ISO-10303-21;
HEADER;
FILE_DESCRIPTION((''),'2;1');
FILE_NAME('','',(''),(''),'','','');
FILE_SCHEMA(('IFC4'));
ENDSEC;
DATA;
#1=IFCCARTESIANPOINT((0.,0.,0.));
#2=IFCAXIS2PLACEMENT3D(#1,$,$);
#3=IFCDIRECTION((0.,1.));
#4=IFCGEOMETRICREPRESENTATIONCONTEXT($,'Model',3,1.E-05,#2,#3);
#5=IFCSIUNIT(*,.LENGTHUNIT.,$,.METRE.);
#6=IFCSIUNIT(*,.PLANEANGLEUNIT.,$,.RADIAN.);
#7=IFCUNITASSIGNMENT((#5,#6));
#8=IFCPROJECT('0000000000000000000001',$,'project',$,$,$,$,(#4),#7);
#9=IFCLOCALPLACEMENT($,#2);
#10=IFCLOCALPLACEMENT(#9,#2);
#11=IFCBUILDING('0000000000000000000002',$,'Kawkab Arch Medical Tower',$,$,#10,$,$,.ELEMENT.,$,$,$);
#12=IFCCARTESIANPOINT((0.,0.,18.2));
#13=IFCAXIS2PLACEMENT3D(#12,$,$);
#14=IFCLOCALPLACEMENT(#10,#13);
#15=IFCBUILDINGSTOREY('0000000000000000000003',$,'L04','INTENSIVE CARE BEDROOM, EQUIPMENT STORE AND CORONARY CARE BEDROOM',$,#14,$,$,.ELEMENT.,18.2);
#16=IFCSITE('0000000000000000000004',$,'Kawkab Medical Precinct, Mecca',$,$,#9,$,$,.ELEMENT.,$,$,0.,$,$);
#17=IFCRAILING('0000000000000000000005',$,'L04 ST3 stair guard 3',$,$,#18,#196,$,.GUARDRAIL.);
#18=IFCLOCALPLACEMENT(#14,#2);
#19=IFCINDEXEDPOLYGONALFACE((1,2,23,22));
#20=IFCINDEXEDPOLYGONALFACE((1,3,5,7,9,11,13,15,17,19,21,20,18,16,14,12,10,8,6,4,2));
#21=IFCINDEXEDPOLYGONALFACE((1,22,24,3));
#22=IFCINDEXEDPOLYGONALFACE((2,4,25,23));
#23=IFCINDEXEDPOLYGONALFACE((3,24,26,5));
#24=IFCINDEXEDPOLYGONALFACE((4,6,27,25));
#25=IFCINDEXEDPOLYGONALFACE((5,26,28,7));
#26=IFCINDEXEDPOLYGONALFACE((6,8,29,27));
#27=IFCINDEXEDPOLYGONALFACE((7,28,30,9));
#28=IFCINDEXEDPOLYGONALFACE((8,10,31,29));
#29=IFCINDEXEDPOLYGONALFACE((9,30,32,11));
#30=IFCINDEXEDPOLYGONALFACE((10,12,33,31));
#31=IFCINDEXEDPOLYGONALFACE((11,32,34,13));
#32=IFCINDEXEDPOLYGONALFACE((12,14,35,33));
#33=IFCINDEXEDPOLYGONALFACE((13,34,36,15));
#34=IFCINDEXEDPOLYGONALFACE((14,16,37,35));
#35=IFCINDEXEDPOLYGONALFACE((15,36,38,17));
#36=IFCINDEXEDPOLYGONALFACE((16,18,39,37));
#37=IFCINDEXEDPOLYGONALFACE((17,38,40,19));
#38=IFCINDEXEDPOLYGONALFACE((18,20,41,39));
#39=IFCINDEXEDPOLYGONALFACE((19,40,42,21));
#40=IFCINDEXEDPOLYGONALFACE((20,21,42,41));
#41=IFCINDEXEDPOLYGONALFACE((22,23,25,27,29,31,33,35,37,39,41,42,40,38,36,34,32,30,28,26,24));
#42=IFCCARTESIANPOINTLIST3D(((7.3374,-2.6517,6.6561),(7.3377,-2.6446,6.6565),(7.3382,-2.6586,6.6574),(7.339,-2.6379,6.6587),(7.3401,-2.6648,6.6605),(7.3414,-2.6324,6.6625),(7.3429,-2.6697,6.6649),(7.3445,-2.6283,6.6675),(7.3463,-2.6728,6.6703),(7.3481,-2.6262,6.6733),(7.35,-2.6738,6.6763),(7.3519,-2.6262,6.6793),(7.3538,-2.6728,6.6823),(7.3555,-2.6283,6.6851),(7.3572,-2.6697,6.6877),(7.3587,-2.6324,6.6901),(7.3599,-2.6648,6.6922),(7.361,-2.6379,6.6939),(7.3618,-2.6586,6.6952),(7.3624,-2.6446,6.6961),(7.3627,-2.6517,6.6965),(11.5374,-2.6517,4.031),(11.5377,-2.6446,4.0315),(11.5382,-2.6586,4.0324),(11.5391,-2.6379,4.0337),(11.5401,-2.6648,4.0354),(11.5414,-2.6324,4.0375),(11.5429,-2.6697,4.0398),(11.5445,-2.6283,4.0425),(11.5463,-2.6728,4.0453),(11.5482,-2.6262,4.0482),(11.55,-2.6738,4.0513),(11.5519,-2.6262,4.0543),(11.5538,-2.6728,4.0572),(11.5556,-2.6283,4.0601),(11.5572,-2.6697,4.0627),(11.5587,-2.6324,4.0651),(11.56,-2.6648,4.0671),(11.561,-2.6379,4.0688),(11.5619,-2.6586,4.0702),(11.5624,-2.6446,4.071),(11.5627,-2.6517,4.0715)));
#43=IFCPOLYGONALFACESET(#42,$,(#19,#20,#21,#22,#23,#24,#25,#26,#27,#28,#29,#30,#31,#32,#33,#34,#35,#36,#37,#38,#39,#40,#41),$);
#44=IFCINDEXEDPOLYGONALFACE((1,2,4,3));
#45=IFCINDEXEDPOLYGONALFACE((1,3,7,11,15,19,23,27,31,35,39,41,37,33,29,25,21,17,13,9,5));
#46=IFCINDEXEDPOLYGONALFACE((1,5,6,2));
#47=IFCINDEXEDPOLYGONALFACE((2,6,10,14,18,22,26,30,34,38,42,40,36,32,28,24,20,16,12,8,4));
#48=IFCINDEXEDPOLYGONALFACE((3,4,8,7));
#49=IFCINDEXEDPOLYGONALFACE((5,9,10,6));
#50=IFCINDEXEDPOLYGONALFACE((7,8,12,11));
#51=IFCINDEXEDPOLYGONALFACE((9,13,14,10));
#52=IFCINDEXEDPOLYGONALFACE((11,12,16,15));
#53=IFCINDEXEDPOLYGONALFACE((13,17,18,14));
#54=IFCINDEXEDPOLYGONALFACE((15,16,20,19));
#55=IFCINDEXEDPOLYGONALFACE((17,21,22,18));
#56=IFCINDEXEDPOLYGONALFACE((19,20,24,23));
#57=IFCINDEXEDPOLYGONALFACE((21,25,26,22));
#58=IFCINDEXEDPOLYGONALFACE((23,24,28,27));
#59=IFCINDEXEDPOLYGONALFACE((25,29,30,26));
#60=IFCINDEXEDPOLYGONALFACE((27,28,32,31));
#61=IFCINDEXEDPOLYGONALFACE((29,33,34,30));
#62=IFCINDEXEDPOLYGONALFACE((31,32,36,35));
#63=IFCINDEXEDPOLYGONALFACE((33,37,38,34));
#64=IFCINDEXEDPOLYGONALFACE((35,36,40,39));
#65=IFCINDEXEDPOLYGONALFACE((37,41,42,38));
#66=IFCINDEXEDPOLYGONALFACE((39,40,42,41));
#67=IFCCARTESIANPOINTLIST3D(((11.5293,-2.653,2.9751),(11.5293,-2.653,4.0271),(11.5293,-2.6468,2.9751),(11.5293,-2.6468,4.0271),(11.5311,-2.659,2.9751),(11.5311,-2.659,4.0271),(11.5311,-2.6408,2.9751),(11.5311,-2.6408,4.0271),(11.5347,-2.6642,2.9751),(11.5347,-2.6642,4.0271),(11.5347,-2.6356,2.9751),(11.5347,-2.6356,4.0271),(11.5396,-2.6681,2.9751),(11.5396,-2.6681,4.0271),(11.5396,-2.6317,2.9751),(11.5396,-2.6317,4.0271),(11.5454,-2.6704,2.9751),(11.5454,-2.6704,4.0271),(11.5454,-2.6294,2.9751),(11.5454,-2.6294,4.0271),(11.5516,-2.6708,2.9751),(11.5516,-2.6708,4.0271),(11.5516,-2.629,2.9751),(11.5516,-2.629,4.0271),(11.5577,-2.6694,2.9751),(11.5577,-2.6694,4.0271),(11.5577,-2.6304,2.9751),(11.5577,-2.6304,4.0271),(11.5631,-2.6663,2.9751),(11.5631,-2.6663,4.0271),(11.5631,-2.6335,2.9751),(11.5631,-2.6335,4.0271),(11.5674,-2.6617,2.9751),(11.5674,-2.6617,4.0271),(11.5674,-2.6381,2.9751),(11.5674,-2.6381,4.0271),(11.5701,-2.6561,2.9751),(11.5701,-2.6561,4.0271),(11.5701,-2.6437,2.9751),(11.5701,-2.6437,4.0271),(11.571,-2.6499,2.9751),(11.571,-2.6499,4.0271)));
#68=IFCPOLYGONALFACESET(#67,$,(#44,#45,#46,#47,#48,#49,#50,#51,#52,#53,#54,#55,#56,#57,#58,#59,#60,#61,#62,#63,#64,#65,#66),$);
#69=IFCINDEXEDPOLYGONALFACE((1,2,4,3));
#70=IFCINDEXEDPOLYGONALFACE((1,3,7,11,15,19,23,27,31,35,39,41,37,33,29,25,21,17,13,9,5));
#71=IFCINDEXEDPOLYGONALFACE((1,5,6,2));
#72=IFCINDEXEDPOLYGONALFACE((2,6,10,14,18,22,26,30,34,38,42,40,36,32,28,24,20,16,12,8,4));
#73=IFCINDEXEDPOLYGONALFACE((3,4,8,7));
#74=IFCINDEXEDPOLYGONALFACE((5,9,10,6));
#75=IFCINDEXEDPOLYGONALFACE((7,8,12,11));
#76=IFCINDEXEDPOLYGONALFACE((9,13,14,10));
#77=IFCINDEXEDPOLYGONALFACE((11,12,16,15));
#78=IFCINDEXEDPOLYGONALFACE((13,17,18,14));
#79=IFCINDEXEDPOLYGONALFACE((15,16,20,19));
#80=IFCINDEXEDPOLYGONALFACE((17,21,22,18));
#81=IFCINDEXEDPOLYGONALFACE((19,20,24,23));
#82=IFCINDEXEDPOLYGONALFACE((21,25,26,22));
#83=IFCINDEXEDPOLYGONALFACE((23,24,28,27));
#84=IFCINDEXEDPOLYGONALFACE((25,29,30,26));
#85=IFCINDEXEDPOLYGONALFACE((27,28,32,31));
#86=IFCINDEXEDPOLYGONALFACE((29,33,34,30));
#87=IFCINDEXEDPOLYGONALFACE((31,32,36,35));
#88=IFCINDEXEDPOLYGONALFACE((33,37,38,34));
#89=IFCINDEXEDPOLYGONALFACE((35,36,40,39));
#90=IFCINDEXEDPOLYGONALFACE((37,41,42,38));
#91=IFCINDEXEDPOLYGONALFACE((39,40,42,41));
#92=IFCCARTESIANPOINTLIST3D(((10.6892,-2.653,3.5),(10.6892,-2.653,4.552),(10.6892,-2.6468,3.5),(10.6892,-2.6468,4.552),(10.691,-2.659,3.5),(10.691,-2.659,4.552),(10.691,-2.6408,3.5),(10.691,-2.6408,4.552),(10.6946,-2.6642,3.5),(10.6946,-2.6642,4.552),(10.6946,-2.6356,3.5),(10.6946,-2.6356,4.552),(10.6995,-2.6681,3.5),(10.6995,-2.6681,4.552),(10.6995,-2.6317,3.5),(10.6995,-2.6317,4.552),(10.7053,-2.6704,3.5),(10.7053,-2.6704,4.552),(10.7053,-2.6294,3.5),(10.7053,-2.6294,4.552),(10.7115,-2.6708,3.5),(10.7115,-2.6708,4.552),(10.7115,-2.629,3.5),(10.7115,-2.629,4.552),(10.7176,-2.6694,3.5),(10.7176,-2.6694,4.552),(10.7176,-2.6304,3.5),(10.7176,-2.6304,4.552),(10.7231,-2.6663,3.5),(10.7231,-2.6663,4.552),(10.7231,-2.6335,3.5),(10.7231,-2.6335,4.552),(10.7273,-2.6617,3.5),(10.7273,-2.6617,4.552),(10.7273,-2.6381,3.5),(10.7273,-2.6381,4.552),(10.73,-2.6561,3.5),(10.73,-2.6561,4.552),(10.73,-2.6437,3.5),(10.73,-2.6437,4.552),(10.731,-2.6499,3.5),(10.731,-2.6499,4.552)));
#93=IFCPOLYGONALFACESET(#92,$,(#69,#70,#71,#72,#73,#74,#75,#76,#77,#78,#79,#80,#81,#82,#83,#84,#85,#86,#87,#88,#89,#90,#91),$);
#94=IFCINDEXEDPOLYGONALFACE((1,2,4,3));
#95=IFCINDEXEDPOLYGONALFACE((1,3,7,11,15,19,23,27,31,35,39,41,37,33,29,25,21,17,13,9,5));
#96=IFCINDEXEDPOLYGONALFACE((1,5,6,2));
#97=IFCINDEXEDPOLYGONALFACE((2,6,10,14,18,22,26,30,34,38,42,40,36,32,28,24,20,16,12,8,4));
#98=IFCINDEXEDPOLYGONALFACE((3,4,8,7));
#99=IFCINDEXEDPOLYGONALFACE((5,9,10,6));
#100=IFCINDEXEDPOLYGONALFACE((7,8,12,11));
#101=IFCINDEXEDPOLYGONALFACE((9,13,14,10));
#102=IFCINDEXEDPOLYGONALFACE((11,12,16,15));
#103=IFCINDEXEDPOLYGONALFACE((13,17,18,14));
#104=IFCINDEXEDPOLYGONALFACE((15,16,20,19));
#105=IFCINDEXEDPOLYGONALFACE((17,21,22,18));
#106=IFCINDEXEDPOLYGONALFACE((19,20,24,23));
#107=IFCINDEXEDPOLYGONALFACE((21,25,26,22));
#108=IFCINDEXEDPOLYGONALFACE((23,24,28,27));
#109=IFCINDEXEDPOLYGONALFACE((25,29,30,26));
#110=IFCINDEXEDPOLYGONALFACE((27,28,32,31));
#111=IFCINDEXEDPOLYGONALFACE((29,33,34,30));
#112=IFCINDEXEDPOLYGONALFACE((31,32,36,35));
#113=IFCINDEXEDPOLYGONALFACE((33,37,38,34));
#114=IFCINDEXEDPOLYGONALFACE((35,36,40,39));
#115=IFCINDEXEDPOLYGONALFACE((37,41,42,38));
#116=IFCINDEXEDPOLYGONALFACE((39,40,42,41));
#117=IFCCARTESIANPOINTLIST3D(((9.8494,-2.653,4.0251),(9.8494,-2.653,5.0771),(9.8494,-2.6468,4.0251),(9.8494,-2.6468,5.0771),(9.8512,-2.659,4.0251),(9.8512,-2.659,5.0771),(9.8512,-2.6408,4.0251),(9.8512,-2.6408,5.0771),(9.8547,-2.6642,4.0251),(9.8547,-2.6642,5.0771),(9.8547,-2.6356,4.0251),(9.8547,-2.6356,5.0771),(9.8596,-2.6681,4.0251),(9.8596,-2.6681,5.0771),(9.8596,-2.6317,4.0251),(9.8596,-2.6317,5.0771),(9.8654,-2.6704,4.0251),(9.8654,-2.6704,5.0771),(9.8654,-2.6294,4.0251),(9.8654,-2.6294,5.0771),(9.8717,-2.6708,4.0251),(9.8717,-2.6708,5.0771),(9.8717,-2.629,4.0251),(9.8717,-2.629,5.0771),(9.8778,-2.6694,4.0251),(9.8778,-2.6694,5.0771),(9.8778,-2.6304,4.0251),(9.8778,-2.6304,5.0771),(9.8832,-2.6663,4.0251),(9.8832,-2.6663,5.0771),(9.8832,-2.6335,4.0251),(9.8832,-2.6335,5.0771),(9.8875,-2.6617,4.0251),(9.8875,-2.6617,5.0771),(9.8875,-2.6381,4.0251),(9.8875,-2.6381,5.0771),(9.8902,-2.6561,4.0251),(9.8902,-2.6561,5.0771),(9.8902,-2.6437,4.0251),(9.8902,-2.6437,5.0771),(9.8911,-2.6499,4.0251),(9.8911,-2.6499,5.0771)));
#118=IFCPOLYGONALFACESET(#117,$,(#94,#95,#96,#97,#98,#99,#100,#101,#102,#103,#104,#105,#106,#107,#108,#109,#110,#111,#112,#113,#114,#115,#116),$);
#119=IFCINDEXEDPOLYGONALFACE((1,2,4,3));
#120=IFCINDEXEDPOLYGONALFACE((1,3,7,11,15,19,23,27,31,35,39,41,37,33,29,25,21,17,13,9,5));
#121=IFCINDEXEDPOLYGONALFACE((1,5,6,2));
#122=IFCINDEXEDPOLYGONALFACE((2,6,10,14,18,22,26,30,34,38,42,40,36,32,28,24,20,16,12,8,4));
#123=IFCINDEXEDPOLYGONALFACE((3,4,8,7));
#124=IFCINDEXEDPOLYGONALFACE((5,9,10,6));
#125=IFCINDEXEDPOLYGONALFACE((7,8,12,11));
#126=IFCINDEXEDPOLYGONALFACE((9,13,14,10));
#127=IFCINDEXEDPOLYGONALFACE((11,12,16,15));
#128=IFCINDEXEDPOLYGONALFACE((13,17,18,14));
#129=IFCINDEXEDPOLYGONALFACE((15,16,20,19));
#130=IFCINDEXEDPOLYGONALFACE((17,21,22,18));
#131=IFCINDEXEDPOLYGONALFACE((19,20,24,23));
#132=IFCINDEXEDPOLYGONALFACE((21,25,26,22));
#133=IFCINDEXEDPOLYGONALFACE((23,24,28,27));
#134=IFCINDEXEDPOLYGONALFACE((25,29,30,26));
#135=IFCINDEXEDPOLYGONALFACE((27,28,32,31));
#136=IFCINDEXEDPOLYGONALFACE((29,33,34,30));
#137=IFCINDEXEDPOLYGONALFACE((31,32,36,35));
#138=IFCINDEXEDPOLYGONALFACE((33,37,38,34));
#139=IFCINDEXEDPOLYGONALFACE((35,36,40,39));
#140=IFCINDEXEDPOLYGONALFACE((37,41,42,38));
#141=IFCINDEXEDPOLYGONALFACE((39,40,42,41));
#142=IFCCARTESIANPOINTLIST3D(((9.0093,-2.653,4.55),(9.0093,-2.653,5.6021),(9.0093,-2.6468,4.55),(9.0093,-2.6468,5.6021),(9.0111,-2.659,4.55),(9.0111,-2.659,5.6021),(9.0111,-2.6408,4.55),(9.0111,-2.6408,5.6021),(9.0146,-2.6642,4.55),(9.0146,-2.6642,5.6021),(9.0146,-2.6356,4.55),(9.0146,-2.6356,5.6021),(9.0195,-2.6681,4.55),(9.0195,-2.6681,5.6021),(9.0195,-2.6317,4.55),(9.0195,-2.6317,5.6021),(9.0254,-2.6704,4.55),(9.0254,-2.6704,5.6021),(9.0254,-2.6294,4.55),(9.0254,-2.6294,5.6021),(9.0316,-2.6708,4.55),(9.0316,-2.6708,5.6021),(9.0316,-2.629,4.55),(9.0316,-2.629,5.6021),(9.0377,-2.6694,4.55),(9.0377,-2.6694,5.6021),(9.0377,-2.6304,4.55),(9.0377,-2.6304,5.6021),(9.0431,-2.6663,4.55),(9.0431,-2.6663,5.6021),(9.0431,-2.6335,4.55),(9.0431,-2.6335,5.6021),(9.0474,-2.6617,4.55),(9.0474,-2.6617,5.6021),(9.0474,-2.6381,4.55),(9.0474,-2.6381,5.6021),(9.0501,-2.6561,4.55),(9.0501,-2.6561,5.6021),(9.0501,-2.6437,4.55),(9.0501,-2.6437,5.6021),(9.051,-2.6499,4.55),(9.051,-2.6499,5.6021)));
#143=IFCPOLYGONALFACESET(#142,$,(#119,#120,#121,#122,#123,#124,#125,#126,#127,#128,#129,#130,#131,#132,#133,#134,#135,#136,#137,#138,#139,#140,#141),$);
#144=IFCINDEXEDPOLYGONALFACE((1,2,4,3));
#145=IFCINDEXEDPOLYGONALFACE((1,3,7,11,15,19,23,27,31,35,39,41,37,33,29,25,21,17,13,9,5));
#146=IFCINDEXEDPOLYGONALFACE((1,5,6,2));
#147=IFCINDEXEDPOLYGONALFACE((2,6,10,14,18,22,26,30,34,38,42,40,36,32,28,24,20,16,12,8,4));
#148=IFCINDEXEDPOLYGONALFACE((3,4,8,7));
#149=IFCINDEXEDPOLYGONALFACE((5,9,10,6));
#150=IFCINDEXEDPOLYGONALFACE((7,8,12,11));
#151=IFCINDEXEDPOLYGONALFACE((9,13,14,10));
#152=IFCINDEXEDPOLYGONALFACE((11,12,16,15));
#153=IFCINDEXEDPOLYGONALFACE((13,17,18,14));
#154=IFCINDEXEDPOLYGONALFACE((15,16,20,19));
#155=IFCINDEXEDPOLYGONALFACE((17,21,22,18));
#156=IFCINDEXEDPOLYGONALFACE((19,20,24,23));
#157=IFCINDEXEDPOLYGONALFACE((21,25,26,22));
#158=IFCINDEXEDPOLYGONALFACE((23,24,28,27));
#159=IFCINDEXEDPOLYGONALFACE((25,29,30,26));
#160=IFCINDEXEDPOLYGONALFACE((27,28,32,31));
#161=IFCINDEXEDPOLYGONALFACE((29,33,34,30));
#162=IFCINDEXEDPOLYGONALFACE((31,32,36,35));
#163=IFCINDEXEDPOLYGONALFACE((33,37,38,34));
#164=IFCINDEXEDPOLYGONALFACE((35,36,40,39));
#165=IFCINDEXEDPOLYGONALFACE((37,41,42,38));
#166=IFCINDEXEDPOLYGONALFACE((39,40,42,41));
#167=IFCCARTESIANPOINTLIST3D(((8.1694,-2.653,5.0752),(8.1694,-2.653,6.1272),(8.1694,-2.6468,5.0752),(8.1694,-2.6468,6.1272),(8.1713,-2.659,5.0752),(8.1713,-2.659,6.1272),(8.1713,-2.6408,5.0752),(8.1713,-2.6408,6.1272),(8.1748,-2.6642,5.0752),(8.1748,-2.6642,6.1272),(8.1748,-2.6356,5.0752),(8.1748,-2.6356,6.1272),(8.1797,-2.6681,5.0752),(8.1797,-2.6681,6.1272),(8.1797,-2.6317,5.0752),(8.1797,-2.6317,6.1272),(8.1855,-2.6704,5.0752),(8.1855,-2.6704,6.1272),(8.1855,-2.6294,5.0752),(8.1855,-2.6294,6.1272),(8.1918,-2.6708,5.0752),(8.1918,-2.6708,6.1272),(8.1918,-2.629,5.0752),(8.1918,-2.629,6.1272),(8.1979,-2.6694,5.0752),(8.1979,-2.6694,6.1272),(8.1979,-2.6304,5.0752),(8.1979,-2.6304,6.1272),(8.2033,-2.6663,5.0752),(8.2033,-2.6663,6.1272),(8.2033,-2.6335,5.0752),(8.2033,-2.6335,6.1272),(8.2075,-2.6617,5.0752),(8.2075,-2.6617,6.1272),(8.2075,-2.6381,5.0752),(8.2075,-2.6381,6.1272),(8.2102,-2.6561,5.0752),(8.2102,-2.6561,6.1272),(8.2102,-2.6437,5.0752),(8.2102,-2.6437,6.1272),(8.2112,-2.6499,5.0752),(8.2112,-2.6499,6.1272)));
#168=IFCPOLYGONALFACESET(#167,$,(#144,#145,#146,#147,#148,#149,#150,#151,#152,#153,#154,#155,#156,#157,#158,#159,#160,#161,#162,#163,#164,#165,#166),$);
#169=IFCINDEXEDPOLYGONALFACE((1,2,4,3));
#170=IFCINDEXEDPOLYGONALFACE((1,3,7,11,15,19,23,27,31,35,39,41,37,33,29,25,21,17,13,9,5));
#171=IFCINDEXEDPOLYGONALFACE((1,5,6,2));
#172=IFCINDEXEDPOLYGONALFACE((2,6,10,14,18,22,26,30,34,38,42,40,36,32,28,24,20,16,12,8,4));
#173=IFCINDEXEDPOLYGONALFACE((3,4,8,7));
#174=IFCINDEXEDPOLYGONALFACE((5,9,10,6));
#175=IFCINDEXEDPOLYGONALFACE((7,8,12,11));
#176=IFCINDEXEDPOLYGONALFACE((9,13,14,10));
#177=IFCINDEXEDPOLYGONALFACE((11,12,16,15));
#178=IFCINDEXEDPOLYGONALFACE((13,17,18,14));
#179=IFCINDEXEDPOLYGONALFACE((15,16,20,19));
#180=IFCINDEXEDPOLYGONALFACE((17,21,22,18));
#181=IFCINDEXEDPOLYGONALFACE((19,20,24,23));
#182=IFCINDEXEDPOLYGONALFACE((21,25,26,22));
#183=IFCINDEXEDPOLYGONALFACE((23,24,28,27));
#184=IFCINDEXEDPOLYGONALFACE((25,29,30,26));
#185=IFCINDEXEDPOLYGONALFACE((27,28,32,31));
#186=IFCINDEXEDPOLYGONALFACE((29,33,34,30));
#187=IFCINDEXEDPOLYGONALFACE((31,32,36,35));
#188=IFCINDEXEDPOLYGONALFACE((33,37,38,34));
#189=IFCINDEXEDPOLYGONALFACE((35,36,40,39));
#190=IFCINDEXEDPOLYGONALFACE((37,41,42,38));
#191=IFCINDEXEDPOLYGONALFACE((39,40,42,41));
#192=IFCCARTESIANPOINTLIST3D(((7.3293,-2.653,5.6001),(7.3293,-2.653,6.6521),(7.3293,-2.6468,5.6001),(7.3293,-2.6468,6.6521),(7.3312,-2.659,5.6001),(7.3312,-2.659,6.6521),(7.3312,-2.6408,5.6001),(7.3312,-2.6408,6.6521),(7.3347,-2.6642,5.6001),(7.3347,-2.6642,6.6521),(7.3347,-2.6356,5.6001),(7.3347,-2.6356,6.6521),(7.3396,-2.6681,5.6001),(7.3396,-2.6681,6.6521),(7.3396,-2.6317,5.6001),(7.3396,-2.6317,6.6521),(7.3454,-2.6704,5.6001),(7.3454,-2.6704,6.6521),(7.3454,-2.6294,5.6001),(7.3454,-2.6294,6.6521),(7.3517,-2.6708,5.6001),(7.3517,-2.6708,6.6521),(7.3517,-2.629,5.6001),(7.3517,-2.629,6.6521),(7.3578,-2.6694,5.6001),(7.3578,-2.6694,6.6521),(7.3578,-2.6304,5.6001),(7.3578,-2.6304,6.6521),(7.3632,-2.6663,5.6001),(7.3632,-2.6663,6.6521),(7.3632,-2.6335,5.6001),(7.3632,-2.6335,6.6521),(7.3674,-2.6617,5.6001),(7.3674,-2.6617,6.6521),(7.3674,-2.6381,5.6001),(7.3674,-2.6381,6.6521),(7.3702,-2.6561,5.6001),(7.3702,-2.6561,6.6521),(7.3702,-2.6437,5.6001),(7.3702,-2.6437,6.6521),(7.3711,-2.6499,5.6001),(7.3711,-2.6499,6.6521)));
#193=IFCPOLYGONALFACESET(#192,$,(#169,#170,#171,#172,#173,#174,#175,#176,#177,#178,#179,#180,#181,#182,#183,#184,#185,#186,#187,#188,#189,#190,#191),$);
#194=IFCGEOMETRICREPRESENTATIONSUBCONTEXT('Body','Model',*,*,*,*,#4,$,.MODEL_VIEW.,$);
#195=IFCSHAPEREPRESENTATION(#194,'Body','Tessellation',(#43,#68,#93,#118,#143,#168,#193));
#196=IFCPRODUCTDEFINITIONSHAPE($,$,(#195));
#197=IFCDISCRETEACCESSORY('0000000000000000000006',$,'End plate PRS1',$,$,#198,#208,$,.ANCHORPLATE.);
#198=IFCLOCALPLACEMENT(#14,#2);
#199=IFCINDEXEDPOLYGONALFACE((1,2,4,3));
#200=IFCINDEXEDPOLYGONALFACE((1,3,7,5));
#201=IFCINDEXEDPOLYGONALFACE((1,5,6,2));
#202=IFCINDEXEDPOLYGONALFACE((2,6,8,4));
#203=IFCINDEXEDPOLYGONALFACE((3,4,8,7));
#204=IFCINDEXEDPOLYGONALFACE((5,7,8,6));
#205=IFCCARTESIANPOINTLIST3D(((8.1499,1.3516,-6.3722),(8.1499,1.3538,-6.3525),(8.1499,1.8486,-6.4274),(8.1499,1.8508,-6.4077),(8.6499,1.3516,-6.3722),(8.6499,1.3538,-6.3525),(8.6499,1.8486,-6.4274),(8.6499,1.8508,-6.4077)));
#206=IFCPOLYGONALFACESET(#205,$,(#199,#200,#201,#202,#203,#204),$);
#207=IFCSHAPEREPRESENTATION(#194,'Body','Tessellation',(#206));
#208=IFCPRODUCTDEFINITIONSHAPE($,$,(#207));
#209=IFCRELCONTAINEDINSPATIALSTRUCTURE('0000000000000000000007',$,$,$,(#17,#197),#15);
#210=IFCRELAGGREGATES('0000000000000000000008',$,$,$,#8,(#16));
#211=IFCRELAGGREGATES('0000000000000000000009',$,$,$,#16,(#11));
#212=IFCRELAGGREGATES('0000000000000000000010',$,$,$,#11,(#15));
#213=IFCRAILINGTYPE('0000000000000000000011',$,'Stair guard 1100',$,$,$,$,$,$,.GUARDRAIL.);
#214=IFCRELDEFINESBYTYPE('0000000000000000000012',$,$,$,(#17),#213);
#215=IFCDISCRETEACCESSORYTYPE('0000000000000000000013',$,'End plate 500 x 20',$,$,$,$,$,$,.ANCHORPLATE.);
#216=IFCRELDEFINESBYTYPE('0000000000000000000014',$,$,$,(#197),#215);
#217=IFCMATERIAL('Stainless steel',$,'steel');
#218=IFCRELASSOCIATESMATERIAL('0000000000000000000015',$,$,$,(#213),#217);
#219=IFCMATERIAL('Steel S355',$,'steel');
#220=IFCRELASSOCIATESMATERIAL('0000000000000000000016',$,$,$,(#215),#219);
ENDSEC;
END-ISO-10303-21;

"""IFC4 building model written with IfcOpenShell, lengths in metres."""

from ifc_helpers import new_model, si_unit, direction, frame, origin, origin_2d, place, context, subcontext, project, spatial, rectangle, circle, extrude, material, material_profile, profile_set, type_object, element, save


model = new_model("IFC4")

# Units and contexts
model_context = context("Model", 3, precision=1e-05, world=origin(), true_north=direction((0.0, 1.0)))
body_context = subcontext(model_context, "Body", "Model", "MODEL_VIEW")
ifc_project = project(units=[si_unit("LENGTHUNIT", "METRE"), si_unit("PLANEANGLEUNIT", "RADIAN")], contexts=[model_context])

# Site, building, storey
site_placement = place(None, origin())
site = spatial("IfcSite", under=ifc_project, at=site_placement, Name="Kawkab Medical Precinct, Mecca", CompositionType="ELEMENT", RefElevation=0.0)
building_placement = place(site_placement, origin())
building = spatial("IfcBuilding", under=site, at=building_placement, Name="Kawkab Arch Medical Tower", CompositionType="ELEMENT")
storey_placement = place(building_placement, frame((0.0, 0.0, 18.2)))
storey = spatial("IfcBuildingStorey", under=building, at=storey_placement, Name="L04", Description="INTENSIVE CARE BEDROOM, EQUIPMENT STORE AND CORONARY CARE BEDROOM", CompositionType="ELEMENT", Elevation=18.2)

# Railing
ifc_material_1 = material(Name="Stainless steel", Category="steel")
railing_type = type_object("IfcRailingType", Name="Stair guard 1100", PredefinedType="GUARDRAIL", material=ifc_material_1)
railing_1_placement = place(storey_placement, frame((11.55, -2.6499, 2.9751)))
element("IfcRailing", 1, at=railing_1_placement, inside=storey, type_object=railing_type, Name="L04 ST3 stair guard 3", PredefinedType="GUARDRAIL", context=body_context, shape_type="SweptSolid", body=[
    extrude(circle(Radius=0.0239, at=origin_2d()), frame((0.0, 0.0, 1.0762), z_axis=(-0.847996, 0.0, 0.530003), x_axis=(0.0, -1.0, 0.0)), (0.0, 0.0, 1.0), 4.9529),
    extrude(circle(Radius=0.021, at=origin_2d()), origin(), (0.0, 0.0, 1.0), 1.052),
    extrude(circle(Radius=0.021, at=origin_2d()), frame((-0.8401, 0.0, 0.5249)), (0.0, 0.0, 1.0), 1.052),
    extrude(circle(Radius=0.021, at=origin_2d()), frame((-1.6799, 0.0, 1.05)), (0.0, 0.0, 1.0), 1.052),
    extrude(circle(Radius=0.021, at=origin_2d()), frame((-2.52, 0.0, 1.575)), (0.0, 0.0, 1.0), 1.052),
    extrude(circle(Radius=0.021, at=origin_2d()), frame((-3.3599, 0.0, 2.1001)), (0.0, 0.0, 1.0), 1.052),
    extrude(circle(Radius=0.021, at=origin_2d()), frame((-4.2, 0.0, 2.625)), (0.0, 0.0, 1.0), 1.052),
])

# Discrete accessory
ifc_material_2 = material(Name="Steel S355", Category="steel")
ifc_material_profile_1 = material_profile(ifc_material_2, rectangle(XDim=0.5, YDim=0.5, at=origin_2d()), Name="End plate 500 x 20")
ifc_profile_set_1 = profile_set([ifc_material_profile_1], Name="Steel S355")
discrete_accessory_type = type_object("IfcDiscreteAccessoryType", Name="End plate 500 x 20", PredefinedType="ANCHORPLATE", material=ifc_profile_set_1)
discrete_accessory_1_placement = place(storey_placement, frame((8.3999, 1.6023, -6.3801), z_axis=(0.0, -0.110432, -0.993884), x_axis=(1.0, 0.0, 0.0)))
element("IfcDiscreteAccessory", 2, at=discrete_accessory_1_placement, inside=storey, type_object=discrete_accessory_type, Name="End plate PRS1", PredefinedType="ANCHORPLATE", context=body_context, shape_type="SweptSolid", body=[
    extrude(rectangle(XDim=0.5, YDim=0.5, at=origin_2d()), origin(), (0.0, 0.0, 1.0), 0.0198),
])

save(model, "model.ifc")
